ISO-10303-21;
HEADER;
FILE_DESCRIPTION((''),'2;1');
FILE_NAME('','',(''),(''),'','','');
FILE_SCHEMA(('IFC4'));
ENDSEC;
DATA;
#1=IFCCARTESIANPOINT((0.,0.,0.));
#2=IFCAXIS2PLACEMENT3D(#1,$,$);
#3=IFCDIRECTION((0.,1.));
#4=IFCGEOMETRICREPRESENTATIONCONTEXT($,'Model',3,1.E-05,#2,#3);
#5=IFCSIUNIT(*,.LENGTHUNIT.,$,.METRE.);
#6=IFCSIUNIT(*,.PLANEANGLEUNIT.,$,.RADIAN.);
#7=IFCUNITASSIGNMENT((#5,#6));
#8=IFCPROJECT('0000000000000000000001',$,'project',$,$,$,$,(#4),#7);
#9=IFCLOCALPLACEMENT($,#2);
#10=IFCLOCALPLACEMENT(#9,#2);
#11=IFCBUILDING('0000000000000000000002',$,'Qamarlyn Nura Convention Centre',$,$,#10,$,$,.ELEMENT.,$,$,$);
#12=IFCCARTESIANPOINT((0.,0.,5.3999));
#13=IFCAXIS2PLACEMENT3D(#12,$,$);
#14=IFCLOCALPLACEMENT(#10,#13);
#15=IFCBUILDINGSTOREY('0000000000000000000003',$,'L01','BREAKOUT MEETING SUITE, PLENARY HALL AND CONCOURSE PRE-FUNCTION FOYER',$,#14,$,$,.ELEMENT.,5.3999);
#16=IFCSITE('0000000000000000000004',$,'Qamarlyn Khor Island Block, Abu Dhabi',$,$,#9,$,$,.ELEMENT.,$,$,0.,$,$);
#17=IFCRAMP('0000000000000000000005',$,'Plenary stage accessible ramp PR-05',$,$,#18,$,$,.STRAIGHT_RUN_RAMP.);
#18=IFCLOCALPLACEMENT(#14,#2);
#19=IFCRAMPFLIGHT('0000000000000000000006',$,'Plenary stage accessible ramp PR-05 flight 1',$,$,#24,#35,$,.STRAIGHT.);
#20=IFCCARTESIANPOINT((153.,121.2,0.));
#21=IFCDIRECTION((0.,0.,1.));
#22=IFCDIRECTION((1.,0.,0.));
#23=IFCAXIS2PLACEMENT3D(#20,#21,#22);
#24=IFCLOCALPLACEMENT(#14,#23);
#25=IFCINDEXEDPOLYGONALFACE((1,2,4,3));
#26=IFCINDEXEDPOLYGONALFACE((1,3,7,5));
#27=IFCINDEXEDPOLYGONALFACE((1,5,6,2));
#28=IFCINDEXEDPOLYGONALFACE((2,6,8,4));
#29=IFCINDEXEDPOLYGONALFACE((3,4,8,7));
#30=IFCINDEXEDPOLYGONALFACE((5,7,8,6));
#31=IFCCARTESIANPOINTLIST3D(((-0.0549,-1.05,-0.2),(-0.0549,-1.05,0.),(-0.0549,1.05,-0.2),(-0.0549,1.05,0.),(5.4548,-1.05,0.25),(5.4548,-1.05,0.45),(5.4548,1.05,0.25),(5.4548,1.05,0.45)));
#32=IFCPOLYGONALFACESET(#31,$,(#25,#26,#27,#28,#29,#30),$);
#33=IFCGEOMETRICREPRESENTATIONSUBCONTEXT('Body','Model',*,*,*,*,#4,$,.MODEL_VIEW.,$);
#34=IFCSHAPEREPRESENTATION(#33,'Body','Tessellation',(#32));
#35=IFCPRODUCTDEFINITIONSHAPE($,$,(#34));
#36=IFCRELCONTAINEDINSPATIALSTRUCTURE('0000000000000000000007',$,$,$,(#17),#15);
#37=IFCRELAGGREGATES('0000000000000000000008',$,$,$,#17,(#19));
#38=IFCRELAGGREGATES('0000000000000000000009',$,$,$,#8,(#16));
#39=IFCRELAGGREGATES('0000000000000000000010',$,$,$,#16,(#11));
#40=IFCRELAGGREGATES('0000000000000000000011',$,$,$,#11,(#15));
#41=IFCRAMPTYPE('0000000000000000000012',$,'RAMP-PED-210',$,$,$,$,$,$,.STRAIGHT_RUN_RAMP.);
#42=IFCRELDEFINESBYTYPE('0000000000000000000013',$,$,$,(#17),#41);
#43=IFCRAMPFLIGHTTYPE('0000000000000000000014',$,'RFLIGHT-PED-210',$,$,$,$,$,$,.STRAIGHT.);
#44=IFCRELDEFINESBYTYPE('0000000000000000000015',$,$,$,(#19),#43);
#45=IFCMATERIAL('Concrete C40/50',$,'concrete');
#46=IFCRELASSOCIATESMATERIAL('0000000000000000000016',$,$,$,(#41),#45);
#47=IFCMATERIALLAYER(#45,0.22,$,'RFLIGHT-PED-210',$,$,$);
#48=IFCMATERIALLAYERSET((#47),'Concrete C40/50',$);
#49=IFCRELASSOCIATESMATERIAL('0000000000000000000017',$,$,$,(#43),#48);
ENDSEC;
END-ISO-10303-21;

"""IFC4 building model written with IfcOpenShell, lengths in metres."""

from ifc_helpers import new_model, si_unit, direction, frame, origin, place, context, subcontext, project, spatial, polyline, outline, extrude, material, layer, layer_set, type_object, element, aggregate, save


model = new_model("IFC4")

# Units and contexts
model_context = context("Model", 3, precision=1e-05, world=origin(), true_north=direction((0.0, 1.0)))
body_context = subcontext(model_context, "Body", "Model", "MODEL_VIEW")
ifc_project = project(units=[si_unit("LENGTHUNIT", "METRE"), si_unit("PLANEANGLEUNIT", "RADIAN")], contexts=[model_context])

# Site, building, storey
site_placement = place(None, origin())
site = spatial("IfcSite", under=ifc_project, at=site_placement, Name="Qamarlyn Khor Island Block, Abu Dhabi", CompositionType="ELEMENT", RefElevation=0.0)
building_placement = place(site_placement, origin())
building = spatial("IfcBuilding", under=site, at=building_placement, Name="Qamarlyn Nura Convention Centre", CompositionType="ELEMENT")
storey_placement = place(building_placement, frame((0.0, 0.0, 5.3999)))
storey = spatial("IfcBuildingStorey", under=building, at=storey_placement, Name="L01", Description="BREAKOUT MEETING SUITE, PLENARY HALL AND CONCOURSE PRE-FUNCTION FOYER", CompositionType="ELEMENT", Elevation=5.3999)

# Ramp, ramp flight
ifc_material_1 = material(Name="Concrete C40/50", Category="concrete")
ramp_type = type_object("IfcRampType", Name="RAMP-PED-210", PredefinedType="STRAIGHT_RUN_RAMP", material=ifc_material_1)
ramp_placement = place(storey_placement, origin())
ramp = element("IfcRamp", 1, at=ramp_placement, inside=storey, type_object=ramp_type, Name="Plenary stage accessible ramp PR-05", PredefinedType="STRAIGHT_RUN_RAMP")
ifc_layer_1 = layer(ifc_material_1, 0.22, Name="RFLIGHT-PED-210")
ifc_layer_set_1 = layer_set([ifc_layer_1], Name="Concrete C40/50")
ramp_flight_type = type_object("IfcRampFlightType", Name="RFLIGHT-PED-210", PredefinedType="STRAIGHT", material=ifc_layer_set_1)
ramp_flight_placement = place(storey_placement, frame((153.0, 121.2, 0.0), z_axis=(0.0, 0.0, 1.0), x_axis=(1.0, 0.0, 0.0)))
ramp_flight = element("IfcRampFlight", 2, at=ramp_flight_placement, type_object=ramp_flight_type, Name="Plenary stage accessible ramp PR-05 flight 1", PredefinedType="STRAIGHT", context=body_context, shape_type="SweptSolid", body=[
    extrude(outline(polyline([(-0.0549, 0.0), (5.4548, 0.45), (5.4548, 0.25), (-0.0549, -0.2), (-0.0549, 0.0)])), frame((0.0, 1.05, 0.0), z_axis=(0.0, -1.0, 0.0), x_axis=(1.0, 0.0, 0.0)), (0.0, 0.0, 1.0), 2.1001),
])
aggregate(ramp, [ramp_flight])

save(model, "model.ifc")
